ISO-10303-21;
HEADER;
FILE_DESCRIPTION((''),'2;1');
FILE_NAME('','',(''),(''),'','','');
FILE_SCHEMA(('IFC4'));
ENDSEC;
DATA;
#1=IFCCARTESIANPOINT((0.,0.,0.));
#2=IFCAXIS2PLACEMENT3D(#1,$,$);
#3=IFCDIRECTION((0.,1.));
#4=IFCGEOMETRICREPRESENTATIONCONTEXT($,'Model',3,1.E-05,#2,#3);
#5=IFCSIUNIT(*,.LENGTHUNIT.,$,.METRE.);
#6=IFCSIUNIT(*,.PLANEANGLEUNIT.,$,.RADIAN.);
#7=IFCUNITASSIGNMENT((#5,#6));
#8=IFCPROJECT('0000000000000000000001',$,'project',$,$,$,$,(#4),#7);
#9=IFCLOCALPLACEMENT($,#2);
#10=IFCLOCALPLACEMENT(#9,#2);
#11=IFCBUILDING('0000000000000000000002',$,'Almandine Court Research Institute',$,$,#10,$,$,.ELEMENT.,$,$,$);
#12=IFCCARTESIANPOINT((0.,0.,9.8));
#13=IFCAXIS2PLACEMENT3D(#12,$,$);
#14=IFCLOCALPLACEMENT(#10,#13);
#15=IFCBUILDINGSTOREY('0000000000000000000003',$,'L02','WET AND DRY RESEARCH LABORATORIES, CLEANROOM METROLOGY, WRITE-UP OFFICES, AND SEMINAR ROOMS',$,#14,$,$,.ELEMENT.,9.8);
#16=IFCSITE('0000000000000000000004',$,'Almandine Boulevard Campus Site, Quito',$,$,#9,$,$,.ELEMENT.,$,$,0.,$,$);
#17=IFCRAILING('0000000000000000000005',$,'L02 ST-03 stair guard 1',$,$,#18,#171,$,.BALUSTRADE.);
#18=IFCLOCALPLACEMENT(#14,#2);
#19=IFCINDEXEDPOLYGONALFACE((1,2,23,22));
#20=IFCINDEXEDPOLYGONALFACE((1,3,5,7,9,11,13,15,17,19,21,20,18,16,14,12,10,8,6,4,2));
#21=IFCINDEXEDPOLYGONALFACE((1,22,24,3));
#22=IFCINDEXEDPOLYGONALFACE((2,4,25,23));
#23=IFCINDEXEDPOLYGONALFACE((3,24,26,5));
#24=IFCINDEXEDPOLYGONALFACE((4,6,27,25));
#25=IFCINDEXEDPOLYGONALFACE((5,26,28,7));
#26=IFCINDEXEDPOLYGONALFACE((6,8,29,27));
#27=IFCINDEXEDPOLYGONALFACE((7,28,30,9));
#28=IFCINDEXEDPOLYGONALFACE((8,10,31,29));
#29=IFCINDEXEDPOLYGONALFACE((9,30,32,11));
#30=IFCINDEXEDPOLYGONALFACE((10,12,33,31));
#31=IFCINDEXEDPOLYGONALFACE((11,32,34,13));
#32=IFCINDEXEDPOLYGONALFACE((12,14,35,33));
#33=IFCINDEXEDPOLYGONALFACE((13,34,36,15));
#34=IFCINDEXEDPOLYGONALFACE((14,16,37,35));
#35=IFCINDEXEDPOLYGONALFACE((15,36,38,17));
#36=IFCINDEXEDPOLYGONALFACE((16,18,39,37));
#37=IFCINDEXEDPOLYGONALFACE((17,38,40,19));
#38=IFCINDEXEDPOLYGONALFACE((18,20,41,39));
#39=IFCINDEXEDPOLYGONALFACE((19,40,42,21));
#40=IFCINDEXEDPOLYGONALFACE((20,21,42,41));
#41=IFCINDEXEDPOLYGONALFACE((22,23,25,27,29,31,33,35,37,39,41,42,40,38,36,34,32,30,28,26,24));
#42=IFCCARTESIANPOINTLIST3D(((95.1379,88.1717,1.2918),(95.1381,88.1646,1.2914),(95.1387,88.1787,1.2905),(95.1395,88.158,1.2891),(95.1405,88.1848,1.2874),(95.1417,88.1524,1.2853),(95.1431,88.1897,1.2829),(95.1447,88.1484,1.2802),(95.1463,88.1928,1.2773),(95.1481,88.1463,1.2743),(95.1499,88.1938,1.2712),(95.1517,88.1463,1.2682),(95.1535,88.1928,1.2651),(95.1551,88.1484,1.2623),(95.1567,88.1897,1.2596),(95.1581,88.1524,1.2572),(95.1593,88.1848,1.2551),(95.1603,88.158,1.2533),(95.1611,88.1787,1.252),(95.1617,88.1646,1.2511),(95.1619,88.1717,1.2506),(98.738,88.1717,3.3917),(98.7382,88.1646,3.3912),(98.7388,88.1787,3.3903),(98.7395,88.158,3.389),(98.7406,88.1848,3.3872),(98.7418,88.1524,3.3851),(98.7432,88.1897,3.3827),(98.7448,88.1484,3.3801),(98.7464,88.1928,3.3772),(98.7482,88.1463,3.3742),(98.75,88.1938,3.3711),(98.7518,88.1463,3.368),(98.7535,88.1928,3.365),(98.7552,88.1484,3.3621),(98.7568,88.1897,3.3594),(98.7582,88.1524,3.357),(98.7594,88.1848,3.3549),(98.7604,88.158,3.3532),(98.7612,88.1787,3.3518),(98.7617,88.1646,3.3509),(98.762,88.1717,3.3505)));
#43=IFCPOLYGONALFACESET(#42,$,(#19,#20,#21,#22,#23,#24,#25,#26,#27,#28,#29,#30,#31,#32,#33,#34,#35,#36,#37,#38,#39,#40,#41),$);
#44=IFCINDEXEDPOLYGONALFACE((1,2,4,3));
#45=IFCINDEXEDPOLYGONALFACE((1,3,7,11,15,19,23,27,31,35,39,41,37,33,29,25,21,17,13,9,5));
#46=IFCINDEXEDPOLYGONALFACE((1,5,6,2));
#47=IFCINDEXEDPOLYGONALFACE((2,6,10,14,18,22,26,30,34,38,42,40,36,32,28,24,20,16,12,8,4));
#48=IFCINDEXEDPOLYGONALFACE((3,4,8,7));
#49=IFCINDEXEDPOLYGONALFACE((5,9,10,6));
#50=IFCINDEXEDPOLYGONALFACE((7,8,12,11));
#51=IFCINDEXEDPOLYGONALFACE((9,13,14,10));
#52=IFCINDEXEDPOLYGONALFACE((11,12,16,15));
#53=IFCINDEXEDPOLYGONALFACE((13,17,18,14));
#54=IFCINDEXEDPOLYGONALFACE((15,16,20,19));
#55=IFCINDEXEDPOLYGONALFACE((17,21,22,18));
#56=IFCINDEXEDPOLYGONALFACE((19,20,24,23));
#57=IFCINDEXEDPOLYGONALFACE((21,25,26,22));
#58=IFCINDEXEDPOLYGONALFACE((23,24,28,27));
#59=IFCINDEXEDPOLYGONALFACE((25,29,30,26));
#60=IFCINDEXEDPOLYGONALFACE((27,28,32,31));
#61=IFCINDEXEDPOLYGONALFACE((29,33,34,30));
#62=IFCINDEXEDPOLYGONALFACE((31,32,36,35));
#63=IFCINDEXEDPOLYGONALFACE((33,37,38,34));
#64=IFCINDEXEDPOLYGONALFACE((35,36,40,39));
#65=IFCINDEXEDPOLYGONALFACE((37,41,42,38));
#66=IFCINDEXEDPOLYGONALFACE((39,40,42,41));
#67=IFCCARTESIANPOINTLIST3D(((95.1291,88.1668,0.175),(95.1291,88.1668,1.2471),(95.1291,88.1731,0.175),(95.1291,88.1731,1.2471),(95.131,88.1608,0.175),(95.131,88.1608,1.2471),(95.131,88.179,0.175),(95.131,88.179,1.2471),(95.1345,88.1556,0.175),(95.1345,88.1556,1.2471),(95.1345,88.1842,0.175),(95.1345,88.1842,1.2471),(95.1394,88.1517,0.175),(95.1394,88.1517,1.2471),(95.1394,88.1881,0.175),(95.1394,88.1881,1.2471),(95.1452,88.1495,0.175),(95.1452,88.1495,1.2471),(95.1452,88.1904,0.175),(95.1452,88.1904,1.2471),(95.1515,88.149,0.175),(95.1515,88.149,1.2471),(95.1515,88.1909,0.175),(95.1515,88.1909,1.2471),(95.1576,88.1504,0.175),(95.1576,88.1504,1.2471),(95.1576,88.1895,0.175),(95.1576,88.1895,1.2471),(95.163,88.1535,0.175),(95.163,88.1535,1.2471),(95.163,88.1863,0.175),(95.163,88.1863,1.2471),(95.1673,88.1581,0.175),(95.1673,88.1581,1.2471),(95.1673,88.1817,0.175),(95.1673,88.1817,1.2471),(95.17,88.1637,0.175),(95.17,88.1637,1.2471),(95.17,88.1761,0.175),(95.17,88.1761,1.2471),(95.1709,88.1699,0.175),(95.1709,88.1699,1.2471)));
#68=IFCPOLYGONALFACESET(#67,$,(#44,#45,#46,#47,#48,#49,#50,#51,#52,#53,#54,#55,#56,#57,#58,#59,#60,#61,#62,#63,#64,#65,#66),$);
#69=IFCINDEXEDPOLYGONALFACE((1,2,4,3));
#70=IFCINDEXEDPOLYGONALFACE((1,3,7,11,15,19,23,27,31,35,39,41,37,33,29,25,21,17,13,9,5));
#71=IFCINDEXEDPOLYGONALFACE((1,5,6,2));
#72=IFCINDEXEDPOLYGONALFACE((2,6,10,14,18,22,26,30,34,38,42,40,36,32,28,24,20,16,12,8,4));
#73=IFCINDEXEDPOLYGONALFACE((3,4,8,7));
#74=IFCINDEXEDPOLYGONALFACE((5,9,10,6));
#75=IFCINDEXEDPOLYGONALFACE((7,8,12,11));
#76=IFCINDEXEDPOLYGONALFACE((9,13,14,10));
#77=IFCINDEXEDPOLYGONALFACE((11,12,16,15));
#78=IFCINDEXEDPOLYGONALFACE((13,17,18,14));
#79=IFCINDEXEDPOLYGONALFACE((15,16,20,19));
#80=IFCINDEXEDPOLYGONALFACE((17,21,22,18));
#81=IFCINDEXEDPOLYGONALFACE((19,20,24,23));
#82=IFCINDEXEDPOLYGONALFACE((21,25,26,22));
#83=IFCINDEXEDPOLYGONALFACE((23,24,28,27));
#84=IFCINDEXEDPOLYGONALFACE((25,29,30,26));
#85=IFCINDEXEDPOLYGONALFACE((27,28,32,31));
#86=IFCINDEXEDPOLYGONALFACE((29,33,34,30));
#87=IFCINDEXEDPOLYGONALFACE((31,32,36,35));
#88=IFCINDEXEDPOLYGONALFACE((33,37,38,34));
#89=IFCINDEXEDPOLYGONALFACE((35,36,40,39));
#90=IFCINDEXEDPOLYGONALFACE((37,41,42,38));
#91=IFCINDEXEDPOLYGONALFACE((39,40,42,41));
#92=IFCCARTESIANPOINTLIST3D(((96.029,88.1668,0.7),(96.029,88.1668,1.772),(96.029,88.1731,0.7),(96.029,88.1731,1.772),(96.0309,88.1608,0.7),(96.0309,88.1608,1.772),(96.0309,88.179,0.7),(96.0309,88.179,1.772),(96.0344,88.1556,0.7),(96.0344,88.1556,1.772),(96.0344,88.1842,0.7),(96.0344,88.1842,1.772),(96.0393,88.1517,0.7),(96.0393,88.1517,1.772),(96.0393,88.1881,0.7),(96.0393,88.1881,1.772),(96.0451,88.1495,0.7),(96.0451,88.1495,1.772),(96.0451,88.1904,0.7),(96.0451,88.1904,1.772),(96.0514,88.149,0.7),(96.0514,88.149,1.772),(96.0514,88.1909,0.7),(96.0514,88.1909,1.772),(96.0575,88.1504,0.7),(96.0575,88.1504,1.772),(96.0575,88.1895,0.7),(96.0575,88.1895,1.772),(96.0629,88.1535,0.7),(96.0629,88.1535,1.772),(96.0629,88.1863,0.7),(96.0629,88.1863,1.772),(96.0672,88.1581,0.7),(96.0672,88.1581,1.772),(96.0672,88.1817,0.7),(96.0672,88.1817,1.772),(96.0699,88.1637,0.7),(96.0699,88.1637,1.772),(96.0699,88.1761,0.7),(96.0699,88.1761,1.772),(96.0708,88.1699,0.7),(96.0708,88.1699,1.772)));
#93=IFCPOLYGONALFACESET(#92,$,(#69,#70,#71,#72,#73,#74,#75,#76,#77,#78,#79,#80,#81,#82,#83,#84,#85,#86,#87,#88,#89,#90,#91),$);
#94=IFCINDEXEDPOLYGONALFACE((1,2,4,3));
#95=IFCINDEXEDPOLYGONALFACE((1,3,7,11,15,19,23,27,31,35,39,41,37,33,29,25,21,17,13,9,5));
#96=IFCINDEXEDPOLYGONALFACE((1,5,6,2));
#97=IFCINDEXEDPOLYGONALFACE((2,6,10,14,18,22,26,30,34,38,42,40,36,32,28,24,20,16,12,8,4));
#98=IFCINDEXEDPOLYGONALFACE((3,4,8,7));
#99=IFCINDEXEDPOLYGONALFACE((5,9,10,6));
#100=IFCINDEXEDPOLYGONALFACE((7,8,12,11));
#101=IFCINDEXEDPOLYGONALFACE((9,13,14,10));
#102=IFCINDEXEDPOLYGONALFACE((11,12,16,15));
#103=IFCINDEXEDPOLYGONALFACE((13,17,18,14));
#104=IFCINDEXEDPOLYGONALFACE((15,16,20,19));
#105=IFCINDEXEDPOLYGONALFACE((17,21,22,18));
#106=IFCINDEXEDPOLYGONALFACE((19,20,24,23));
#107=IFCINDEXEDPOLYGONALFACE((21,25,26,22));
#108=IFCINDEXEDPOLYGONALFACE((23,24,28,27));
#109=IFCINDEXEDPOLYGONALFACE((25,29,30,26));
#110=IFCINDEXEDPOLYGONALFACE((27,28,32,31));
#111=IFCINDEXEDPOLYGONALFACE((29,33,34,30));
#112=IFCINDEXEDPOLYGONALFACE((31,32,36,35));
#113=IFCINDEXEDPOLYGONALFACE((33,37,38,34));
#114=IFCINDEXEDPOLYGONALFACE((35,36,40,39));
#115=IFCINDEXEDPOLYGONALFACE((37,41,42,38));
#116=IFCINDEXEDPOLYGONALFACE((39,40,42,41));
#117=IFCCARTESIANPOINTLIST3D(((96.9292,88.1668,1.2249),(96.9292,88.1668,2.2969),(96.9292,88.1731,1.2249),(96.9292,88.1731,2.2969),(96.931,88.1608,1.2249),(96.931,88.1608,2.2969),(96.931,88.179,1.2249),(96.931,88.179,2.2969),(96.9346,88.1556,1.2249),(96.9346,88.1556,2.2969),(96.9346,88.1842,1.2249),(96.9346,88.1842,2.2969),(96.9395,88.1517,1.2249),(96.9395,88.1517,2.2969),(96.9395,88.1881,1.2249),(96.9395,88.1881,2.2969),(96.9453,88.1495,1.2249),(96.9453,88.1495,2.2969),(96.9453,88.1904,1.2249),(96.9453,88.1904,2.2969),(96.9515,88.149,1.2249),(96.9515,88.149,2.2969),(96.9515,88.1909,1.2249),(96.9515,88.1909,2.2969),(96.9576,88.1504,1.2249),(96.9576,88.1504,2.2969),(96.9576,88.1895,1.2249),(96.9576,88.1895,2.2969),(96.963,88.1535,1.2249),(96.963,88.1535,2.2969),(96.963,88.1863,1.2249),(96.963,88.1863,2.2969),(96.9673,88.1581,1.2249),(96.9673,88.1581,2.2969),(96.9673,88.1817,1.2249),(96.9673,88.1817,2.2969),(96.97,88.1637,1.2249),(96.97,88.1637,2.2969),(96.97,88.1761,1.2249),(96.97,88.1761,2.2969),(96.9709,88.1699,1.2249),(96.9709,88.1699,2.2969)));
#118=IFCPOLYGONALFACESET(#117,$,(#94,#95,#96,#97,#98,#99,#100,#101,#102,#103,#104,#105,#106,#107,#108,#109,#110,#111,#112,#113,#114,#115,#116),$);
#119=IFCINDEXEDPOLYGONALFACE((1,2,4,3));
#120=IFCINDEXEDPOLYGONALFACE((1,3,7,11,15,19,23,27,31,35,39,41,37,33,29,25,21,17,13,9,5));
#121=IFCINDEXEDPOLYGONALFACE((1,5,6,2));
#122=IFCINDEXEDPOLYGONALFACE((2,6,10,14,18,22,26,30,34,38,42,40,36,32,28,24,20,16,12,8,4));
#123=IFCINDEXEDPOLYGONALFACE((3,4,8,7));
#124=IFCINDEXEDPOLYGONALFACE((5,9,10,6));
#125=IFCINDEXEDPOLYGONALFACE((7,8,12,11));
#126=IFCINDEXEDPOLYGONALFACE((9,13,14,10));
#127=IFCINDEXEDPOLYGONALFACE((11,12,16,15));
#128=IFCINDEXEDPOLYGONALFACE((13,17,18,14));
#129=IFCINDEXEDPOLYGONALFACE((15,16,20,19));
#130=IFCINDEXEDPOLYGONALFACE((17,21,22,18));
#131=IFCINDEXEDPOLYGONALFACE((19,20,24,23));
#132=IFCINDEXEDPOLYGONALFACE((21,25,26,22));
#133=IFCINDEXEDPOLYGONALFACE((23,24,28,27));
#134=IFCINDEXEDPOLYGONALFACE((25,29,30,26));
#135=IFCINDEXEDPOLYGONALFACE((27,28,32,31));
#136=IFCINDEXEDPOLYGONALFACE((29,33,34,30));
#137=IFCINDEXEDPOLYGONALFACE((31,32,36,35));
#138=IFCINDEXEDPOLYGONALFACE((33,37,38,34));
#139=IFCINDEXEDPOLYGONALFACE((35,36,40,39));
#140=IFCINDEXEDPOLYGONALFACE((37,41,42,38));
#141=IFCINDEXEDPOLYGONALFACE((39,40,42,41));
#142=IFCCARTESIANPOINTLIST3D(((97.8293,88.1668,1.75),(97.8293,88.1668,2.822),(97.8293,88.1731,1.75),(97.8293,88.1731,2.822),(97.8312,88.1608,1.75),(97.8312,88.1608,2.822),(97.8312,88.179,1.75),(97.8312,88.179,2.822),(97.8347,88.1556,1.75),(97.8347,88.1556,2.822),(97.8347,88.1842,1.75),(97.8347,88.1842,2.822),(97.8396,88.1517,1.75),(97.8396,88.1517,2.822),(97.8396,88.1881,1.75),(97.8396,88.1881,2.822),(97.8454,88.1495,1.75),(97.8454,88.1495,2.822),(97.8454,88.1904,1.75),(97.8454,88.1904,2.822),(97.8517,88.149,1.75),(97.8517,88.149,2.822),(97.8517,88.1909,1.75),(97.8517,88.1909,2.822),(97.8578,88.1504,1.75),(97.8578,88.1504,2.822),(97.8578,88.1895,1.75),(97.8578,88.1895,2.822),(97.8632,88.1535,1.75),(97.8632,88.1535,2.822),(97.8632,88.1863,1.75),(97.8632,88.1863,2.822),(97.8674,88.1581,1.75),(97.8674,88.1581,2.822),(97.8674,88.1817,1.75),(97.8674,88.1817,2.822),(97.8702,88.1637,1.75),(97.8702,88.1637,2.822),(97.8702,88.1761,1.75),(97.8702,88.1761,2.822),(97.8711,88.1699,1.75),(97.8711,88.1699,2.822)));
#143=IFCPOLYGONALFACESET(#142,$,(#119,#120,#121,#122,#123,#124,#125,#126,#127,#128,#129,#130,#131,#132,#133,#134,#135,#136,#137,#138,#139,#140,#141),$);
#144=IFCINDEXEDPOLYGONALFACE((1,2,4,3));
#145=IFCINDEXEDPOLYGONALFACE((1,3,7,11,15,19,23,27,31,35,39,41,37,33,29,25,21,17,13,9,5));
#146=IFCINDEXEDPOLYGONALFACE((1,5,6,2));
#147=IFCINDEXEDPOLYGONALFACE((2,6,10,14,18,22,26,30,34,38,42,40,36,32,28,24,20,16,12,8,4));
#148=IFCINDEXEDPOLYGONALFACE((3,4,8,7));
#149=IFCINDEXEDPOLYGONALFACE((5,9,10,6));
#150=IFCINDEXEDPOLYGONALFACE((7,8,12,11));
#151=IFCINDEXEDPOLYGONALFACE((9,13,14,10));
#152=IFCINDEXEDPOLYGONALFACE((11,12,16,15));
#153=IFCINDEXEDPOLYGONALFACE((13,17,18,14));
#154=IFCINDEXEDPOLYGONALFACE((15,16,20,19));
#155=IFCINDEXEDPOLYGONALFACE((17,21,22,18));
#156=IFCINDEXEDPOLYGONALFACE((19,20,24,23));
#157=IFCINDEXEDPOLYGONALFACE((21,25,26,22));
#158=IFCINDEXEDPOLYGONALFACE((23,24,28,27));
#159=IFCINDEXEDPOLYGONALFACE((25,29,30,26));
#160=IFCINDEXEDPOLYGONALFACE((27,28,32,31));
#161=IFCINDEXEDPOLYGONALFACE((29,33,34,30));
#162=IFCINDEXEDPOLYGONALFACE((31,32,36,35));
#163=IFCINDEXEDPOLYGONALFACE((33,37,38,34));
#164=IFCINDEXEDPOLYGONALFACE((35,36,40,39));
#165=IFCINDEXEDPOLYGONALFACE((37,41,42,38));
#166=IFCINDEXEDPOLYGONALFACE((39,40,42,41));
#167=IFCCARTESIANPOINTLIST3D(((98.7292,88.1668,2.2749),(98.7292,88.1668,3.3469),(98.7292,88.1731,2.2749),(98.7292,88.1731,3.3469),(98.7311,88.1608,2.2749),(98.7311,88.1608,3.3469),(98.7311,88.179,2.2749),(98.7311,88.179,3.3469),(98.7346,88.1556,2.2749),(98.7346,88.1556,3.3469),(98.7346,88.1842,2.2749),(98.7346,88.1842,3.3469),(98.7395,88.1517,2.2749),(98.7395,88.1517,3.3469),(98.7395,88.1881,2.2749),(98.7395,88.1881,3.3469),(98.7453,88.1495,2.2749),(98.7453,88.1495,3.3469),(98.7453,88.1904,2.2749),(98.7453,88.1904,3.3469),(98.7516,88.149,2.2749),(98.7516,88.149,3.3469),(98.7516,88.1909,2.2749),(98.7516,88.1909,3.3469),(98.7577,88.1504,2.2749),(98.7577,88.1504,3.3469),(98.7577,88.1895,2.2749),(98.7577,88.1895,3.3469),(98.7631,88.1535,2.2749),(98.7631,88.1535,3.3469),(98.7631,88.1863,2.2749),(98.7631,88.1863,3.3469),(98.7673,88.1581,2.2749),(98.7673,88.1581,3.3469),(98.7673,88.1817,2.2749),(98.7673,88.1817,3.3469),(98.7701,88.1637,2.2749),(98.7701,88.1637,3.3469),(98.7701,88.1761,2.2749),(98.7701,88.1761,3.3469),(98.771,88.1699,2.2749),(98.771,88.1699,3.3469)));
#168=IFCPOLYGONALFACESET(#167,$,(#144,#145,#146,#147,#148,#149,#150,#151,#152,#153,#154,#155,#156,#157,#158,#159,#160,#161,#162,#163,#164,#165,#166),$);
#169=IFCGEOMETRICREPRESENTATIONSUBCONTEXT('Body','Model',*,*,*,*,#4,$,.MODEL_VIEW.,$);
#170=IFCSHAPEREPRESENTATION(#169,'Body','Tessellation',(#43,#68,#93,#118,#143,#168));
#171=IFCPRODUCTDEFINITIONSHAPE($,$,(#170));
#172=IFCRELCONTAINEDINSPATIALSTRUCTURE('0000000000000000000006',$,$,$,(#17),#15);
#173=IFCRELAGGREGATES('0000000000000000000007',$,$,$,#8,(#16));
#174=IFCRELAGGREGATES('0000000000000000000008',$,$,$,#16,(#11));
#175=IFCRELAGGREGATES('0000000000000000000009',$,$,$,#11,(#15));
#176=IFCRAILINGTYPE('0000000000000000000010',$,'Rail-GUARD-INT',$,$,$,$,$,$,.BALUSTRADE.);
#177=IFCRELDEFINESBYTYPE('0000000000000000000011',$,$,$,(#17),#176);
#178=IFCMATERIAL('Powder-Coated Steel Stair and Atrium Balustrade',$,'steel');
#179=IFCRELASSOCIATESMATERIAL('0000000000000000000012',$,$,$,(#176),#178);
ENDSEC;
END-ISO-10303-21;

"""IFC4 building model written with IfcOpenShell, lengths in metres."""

from ifc_helpers import new_model, si_unit, direction, frame, origin, origin_2d, place, context, subcontext, project, spatial, circle, extrude, material, type_object, element, save


model = new_model("IFC4")

# Units and contexts
model_context = context("Model", 3, precision=1e-05, world=origin(), true_north=direction((0.0, 1.0)))
body_context = subcontext(model_context, "Body", "Model", "MODEL_VIEW")
ifc_project = project(units=[si_unit("LENGTHUNIT", "METRE"), si_unit("PLANEANGLEUNIT", "RADIAN")], contexts=[model_context])

# Site, building, storey
site_placement = place(None, origin())
site = spatial("IfcSite", under=ifc_project, at=site_placement, Name="Almandine Boulevard Campus Site, Quito", CompositionType="ELEMENT", RefElevation=0.0)
building_placement = place(site_placement, origin())
building = spatial("IfcBuilding", under=site, at=building_placement, Name="Almandine Court Research Institute", CompositionType="ELEMENT")
storey_placement = place(building_placement, frame((0.0, 0.0, 9.8)))
storey = spatial("IfcBuildingStorey", under=building, at=storey_placement, Name="L02", Description="WET AND DRY RESEARCH LABORATORIES, CLEANROOM METROLOGY, WRITE-UP OFFICES, AND SEMINAR ROOMS", CompositionType="ELEMENT", Elevation=9.8)

# Railing
ifc_material_1 = material(Name="Powder-Coated Steel Stair and Atrium Balustrade", Category="steel")
railing_type_1 = type_object("IfcRailingType", Name="Rail-GUARD-INT", PredefinedType="BALUSTRADE", material=ifc_material_1)
railing_1_placement = place(storey_placement, frame((95.1499, 88.1699, 0.175)))
element("IfcRailing", 1, at=railing_1_placement, inside=storey, type_object=railing_type_1, Name="L02 ST-03 stair guard 1", PredefinedType="BALUSTRADE", context=body_context, shape_type="SweptSolid", body=[
    extrude(circle(Radius=0.0239, at=origin_2d()), frame((0.0, 0.0, 1.0962), z_axis=(0.8638, 0.0, 0.503835), x_axis=(0.0, 1.0, 0.0)), (0.0, 0.0, 1.0), 4.1677),
    extrude(circle(Radius=0.021, at=origin_2d()), origin(), (0.0, 0.0, 1.0), 1.072),
    extrude(circle(Radius=0.021, at=origin_2d()), frame((0.8999, 0.0, 0.5249)), (0.0, 0.0, 1.0), 1.072),
    extrude(circle(Radius=0.021, at=origin_2d()), frame((1.8, 0.0, 1.0498)), (0.0, 0.0, 1.0), 1.072),
    extrude(circle(Radius=0.021, at=origin_2d()), frame((2.7002, 0.0, 1.575)), (0.0, 0.0, 1.0), 1.072),
    extrude(circle(Radius=0.021, at=origin_2d()), frame((3.6001, 0.0, 2.0999)), (0.0, 0.0, 1.0), 1.072),
])

save(model, "model.ifc")
